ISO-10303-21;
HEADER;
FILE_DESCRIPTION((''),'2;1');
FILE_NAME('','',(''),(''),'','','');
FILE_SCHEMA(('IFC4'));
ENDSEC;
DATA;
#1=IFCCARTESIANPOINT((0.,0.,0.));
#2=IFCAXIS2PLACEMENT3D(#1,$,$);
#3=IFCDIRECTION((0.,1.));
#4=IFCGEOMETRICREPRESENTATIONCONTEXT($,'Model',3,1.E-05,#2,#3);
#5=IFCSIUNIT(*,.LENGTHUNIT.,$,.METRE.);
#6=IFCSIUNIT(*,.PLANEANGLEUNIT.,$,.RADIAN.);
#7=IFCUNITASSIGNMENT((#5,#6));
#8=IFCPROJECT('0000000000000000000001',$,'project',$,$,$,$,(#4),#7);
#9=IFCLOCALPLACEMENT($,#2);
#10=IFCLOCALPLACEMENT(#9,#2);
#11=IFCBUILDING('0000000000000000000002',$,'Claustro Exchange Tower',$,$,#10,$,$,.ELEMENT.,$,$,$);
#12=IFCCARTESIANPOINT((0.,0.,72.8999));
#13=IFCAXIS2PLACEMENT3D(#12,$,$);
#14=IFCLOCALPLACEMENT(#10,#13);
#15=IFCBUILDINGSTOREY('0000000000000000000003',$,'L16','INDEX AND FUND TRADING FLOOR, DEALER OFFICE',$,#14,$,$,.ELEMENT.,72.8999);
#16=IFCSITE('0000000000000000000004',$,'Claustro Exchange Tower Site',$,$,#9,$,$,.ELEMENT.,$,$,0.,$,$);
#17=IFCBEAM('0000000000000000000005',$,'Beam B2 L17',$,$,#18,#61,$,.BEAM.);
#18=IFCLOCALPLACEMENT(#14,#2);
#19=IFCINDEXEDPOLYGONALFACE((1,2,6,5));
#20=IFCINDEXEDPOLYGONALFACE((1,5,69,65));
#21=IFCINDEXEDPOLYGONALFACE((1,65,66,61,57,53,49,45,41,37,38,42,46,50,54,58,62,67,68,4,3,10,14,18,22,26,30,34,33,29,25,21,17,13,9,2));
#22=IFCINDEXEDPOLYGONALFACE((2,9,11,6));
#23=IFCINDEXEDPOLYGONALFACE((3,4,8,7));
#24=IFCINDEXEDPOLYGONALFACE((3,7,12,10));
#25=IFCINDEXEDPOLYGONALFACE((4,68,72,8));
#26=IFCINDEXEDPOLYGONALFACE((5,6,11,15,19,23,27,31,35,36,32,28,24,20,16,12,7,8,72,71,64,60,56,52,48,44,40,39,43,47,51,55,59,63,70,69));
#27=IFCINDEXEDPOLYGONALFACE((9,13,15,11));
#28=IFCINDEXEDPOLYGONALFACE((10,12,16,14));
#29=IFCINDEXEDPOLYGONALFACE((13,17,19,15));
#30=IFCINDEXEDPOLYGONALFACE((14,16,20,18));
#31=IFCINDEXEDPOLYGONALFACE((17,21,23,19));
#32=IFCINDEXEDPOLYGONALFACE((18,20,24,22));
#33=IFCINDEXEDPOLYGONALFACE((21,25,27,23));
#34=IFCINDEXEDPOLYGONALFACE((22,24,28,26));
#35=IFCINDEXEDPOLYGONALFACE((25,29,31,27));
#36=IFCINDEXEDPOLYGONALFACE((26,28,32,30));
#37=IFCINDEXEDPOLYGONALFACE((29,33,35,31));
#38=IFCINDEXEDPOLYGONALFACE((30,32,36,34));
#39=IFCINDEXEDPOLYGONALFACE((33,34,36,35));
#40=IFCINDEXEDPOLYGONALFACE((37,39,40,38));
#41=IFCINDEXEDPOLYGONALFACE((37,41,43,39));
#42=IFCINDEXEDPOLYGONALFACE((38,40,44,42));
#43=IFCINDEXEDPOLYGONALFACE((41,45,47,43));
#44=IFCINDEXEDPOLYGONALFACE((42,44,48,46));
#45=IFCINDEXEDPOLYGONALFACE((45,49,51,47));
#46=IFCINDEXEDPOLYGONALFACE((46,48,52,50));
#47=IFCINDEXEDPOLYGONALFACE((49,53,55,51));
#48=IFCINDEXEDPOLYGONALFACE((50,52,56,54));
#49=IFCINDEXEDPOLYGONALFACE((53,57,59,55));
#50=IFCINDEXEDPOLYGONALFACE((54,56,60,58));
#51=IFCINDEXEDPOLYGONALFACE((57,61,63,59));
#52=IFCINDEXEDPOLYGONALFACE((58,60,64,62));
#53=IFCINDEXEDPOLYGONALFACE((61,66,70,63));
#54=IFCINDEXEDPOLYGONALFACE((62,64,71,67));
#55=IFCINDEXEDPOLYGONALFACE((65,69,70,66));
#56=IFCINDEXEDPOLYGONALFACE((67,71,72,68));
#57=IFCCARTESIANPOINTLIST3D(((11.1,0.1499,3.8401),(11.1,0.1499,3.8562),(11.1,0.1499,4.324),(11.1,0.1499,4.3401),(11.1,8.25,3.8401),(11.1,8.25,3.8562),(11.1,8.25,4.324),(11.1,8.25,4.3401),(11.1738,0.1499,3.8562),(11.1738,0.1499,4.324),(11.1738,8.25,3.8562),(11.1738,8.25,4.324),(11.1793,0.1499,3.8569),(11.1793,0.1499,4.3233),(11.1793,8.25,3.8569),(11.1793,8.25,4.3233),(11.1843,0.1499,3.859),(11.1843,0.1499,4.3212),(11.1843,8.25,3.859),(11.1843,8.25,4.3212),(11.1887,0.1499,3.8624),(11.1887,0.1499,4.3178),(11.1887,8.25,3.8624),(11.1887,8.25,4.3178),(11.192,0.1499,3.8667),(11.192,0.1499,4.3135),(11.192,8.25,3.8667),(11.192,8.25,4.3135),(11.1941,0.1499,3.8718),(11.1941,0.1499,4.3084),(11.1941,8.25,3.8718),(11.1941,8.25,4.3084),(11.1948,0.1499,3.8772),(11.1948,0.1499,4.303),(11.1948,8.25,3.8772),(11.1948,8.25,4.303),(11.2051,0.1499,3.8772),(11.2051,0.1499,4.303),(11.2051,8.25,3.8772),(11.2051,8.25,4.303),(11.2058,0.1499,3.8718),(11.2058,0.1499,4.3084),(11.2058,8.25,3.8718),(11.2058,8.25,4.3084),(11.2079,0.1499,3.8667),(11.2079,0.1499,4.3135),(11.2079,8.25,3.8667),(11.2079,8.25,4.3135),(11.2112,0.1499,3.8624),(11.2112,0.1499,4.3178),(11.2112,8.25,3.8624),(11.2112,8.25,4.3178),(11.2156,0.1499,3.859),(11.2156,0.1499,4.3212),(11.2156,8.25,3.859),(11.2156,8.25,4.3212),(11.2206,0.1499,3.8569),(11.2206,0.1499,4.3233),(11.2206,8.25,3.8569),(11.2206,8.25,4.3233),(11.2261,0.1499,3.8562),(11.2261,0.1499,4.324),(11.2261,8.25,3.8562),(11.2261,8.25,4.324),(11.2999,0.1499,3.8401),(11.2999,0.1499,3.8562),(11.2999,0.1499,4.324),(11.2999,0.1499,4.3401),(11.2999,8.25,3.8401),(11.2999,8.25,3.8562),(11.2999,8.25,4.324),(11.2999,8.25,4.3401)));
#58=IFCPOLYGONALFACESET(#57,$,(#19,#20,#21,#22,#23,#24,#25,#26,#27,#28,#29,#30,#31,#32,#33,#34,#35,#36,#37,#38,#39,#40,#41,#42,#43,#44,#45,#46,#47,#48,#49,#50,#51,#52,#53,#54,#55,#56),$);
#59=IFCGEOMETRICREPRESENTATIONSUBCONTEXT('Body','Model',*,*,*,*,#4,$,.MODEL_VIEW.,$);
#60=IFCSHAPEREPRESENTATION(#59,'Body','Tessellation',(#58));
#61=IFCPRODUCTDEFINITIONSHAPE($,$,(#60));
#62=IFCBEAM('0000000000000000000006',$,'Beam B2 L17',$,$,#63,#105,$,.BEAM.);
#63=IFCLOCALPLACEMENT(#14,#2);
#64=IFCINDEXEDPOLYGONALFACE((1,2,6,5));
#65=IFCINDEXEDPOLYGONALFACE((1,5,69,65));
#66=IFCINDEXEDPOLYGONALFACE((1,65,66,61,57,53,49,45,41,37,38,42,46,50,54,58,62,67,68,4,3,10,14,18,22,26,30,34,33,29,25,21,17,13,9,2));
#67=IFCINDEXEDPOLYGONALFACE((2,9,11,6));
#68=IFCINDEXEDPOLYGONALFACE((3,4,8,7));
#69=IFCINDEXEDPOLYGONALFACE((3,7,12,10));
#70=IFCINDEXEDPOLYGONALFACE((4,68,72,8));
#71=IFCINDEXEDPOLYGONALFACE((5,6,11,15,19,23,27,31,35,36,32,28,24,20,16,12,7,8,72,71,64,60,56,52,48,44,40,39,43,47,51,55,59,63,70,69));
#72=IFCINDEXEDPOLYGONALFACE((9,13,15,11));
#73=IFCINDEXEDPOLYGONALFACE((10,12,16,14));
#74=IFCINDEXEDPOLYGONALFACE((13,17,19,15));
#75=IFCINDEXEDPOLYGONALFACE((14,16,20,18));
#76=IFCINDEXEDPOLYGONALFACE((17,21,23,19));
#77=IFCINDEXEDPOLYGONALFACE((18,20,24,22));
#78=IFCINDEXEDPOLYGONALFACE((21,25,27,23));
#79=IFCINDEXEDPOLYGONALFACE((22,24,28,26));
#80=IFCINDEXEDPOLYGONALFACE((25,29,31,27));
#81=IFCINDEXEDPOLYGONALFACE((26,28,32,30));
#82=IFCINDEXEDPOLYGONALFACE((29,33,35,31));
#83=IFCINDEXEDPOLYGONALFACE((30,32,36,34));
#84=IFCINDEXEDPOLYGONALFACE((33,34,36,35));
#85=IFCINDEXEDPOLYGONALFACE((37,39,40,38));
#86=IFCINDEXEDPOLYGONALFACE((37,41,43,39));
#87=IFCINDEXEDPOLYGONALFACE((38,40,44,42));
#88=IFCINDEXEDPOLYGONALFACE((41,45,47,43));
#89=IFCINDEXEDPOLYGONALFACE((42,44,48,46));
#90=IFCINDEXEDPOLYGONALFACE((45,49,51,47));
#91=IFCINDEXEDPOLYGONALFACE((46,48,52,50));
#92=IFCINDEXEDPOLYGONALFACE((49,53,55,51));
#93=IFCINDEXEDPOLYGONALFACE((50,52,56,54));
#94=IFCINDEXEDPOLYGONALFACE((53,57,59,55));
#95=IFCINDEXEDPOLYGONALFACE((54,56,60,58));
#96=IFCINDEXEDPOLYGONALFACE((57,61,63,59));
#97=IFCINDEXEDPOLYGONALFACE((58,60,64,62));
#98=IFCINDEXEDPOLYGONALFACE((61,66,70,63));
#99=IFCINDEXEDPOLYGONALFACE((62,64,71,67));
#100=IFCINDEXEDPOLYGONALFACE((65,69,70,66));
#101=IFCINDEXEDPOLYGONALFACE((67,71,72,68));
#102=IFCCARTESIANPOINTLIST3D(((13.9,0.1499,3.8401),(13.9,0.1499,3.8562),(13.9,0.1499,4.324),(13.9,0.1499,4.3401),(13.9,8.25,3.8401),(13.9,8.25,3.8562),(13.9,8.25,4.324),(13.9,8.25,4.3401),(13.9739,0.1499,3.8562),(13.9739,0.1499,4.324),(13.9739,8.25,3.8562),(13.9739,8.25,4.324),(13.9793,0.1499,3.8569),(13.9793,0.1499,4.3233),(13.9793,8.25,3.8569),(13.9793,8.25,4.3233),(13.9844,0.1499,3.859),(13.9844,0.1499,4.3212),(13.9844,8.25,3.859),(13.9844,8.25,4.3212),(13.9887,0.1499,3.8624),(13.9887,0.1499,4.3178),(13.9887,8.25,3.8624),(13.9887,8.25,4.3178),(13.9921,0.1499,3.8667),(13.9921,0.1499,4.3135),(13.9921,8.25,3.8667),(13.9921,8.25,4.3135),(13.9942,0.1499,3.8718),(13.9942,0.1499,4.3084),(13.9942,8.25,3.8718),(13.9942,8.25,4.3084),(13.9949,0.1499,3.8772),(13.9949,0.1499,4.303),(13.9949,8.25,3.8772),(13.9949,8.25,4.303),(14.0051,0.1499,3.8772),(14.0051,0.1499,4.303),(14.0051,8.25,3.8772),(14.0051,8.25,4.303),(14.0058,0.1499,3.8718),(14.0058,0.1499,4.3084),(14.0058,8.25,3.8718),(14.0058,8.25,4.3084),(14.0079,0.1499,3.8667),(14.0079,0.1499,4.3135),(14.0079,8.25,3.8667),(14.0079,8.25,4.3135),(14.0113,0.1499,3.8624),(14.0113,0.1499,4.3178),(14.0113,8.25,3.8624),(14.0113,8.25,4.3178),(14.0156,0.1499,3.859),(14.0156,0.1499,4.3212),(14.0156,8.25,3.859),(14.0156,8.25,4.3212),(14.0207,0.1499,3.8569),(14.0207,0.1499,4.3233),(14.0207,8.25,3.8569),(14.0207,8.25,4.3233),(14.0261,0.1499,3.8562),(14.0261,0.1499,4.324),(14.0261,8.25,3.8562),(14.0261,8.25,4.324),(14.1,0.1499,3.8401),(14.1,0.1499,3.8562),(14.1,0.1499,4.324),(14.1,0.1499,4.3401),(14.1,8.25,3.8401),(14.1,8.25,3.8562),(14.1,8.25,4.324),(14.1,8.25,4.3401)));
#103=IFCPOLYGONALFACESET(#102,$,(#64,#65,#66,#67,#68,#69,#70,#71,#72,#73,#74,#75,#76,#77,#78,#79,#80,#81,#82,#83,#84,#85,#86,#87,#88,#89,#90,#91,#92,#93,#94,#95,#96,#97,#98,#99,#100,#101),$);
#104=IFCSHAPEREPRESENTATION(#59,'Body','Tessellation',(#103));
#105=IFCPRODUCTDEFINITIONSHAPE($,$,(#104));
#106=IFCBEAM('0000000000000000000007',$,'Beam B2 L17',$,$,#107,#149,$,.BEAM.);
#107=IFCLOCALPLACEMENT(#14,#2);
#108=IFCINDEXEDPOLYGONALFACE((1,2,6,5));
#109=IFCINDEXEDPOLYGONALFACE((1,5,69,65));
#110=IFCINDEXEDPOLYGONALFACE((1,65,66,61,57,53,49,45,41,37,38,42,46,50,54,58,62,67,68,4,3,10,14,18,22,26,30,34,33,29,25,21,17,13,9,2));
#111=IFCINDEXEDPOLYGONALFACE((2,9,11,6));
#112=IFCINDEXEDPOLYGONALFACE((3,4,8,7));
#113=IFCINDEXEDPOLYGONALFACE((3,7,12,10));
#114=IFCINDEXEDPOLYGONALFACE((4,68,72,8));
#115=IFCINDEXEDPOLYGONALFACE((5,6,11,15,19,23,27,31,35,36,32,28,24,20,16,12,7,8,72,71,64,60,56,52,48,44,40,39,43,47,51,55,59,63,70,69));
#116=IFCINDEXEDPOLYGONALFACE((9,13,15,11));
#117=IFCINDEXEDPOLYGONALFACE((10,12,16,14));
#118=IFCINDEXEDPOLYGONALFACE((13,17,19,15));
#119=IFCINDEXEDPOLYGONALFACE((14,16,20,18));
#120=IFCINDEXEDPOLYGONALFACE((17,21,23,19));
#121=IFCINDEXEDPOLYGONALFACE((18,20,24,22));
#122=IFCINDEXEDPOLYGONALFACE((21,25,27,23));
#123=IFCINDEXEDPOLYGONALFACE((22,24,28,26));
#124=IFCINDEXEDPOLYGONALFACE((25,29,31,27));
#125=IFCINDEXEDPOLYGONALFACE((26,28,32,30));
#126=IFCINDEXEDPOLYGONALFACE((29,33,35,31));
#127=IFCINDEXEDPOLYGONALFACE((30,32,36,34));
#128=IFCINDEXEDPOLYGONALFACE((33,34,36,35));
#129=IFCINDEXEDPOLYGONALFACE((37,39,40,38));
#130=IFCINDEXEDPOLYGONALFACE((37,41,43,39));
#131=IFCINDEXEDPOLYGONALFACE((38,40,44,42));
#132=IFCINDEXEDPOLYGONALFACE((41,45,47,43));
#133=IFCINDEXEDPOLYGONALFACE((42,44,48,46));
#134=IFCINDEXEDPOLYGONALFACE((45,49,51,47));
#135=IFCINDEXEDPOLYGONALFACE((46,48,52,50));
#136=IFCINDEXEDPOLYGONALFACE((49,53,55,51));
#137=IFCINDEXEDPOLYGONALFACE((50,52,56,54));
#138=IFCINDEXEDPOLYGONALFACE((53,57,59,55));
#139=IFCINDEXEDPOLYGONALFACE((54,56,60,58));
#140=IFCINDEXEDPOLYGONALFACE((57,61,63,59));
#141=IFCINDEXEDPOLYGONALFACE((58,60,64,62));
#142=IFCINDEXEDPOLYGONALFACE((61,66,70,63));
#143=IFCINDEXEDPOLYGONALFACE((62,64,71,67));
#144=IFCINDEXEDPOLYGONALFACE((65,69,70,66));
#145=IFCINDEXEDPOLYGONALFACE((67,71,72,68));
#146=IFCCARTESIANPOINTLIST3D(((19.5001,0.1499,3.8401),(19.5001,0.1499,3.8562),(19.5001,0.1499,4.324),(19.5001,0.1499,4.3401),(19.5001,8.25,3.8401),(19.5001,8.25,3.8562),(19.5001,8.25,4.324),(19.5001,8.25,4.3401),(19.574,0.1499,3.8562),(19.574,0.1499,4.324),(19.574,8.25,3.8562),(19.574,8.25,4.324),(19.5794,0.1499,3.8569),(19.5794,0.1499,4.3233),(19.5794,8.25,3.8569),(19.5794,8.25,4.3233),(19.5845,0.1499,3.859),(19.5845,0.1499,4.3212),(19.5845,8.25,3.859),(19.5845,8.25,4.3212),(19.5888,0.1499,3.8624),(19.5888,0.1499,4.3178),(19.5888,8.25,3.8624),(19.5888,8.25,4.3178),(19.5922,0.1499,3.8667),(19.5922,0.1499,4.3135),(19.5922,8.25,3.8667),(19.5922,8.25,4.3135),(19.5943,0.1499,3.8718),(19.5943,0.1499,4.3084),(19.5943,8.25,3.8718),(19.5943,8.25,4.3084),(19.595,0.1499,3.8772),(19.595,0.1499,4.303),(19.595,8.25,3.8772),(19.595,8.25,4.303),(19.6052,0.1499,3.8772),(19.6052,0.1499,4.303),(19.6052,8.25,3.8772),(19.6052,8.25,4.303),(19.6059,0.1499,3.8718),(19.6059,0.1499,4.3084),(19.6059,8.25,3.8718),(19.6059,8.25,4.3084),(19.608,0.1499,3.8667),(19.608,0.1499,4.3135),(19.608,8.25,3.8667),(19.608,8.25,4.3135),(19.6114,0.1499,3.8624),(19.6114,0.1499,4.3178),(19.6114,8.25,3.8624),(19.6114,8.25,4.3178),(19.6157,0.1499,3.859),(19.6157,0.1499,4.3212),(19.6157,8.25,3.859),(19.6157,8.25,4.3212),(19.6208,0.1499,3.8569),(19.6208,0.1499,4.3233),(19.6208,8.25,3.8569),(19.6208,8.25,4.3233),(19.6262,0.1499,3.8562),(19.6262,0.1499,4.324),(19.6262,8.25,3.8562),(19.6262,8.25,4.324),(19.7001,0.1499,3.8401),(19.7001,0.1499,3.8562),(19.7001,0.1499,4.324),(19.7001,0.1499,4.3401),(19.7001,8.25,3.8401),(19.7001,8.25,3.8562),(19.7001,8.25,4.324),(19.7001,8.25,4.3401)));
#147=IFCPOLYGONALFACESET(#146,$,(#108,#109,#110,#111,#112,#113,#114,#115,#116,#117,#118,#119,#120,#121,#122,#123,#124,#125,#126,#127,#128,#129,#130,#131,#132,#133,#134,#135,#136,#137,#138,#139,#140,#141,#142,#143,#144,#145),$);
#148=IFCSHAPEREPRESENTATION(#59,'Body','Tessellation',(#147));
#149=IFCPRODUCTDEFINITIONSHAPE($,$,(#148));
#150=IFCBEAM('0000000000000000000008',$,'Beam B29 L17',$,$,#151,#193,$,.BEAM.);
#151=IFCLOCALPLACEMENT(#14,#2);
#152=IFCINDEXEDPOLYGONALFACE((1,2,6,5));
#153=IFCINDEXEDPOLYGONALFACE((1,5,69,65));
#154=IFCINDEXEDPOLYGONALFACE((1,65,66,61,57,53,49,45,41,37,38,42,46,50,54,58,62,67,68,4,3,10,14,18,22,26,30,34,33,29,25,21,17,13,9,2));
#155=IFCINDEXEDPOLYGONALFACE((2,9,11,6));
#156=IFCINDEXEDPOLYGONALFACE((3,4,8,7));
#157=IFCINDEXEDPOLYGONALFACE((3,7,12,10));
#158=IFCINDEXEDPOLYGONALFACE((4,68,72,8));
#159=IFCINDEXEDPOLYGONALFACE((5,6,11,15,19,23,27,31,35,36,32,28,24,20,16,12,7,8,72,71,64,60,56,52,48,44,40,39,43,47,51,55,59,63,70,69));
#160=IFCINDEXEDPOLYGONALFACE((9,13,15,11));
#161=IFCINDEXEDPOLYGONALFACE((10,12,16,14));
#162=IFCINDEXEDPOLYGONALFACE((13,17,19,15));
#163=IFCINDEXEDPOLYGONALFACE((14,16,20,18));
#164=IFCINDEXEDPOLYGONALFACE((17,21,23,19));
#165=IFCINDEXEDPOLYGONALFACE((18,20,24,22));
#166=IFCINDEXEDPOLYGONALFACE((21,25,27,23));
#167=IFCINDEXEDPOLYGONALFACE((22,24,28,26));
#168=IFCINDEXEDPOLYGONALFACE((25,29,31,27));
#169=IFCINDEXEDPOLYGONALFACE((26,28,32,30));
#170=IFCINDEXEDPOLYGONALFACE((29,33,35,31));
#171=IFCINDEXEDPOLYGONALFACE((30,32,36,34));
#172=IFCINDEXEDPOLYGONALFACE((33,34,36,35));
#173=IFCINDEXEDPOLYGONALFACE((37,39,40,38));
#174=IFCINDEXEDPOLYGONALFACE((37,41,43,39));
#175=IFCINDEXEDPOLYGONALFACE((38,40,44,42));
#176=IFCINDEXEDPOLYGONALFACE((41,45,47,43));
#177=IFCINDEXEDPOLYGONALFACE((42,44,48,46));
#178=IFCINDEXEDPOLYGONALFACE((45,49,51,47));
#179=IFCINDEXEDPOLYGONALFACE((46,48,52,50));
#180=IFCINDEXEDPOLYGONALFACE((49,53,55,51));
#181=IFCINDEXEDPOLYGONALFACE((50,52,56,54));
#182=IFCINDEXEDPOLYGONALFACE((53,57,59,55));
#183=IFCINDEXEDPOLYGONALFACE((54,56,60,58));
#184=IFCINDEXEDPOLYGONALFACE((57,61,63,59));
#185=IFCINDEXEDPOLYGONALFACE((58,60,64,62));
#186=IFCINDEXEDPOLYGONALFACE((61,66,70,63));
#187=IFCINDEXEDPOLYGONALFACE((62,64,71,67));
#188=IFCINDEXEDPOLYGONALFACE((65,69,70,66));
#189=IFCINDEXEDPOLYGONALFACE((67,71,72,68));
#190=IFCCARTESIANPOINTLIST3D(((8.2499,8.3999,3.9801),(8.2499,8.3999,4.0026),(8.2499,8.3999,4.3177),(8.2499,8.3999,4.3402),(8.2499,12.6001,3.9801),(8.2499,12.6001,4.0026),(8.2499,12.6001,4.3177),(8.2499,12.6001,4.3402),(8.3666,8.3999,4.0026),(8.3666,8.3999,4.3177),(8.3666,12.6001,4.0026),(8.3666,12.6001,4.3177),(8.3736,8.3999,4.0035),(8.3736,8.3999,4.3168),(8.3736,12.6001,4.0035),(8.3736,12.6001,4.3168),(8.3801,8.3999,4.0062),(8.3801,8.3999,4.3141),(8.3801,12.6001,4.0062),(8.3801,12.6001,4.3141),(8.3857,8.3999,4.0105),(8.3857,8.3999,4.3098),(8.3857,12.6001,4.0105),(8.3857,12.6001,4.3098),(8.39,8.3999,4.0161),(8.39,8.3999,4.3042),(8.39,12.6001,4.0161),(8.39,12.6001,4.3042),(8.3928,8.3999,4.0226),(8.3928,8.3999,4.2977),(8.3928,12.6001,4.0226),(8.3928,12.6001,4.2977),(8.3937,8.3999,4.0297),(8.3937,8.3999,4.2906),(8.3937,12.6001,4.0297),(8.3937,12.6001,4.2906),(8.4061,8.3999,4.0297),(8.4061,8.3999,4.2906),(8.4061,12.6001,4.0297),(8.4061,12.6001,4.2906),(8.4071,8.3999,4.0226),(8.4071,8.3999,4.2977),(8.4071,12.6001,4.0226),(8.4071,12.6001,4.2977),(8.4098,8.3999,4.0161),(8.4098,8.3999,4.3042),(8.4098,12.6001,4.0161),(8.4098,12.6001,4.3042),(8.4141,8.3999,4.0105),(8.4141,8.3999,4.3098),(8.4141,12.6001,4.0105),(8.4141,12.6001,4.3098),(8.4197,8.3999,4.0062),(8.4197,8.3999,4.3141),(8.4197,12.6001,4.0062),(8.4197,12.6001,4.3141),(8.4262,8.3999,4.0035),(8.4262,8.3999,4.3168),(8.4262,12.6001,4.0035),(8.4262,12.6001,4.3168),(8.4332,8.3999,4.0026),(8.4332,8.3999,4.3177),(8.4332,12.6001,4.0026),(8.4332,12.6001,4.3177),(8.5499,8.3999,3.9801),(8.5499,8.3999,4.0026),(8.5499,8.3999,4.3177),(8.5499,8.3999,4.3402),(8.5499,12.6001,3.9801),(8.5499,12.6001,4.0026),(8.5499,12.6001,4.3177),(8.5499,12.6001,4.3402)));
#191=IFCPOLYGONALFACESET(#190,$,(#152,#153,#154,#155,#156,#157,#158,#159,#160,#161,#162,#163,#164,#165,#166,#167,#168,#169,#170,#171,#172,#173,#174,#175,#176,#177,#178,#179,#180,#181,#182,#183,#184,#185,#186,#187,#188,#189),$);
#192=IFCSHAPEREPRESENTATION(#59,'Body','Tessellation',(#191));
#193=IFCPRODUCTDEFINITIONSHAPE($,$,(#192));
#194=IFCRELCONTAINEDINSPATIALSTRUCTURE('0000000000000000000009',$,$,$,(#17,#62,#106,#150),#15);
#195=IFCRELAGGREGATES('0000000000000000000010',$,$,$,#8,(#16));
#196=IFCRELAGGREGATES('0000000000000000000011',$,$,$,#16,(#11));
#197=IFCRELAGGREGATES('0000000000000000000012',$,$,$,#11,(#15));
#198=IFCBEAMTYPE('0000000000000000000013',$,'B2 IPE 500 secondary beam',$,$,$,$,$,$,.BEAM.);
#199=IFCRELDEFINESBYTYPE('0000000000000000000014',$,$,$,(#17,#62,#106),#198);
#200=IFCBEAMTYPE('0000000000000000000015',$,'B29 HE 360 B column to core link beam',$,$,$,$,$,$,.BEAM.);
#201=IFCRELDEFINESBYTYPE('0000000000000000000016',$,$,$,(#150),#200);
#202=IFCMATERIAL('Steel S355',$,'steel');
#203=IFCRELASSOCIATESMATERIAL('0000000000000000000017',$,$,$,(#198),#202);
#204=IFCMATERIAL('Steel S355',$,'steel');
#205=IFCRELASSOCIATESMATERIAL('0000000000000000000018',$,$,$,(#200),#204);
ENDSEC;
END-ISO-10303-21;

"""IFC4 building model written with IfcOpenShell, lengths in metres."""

from ifc_helpers import new_model, si_unit, direction, frame, origin, origin_2d, place, context, subcontext, project, spatial, i_section, extrude, material, material_profile, profile_set, type_object, element, save


model = new_model("IFC4")

# Units and contexts
model_context = context("Model", 3, precision=1e-05, world=origin(), true_north=direction((0.0, 1.0)))
body_context = subcontext(model_context, "Body", "Model", "MODEL_VIEW")
ifc_project = project(units=[si_unit("LENGTHUNIT", "METRE"), si_unit("PLANEANGLEUNIT", "RADIAN")], contexts=[model_context])

# Site, building, storey
site_placement = place(None, origin())
site = spatial("IfcSite", under=ifc_project, at=site_placement, Name="Claustro Exchange Tower Site", CompositionType="ELEMENT", RefElevation=0.0)
building_placement = place(site_placement, origin())
building = spatial("IfcBuilding", under=site, at=building_placement, Name="Claustro Exchange Tower", CompositionType="ELEMENT")
storey_placement = place(building_placement, frame((0.0, 0.0, 72.8999)))
storey = spatial("IfcBuildingStorey", under=building, at=storey_placement, Name="L16", Description="INDEX AND FUND TRADING FLOOR, DEALER OFFICE", CompositionType="ELEMENT", Elevation=72.8999)

# Beams
ifc_material_1 = material(Name="Steel S355", Category="steel")
ifc_material_profile_1 = material_profile(ifc_material_1, i_section(OverallWidth=0.2, OverallDepth=0.5, WebThickness=0.0103, FlangeThickness=0.0161, FilletRadius=0.021, at=origin_2d()), Name="IPE 500")
ifc_profile_set_1 = profile_set([ifc_material_profile_1], Name="Steel S355")
beam_type_1 = type_object("IfcBeamType", Name="B2 IPE 500 secondary beam", PredefinedType="BEAM", material=ifc_profile_set_1)
for number, where, z_axis, x_axis, name in (
    (1, (11.2, 0.1499, 4.0901), (0.0, 1.0, 0.0), (-1.0, 0.0, 0.0), "Beam B2 L17"),
    (2, (14.0, 0.1499, 4.0901), (0.0, 1.0, 0.0), (-1.0, 0.0, 0.0), "Beam B2 L17"),
    (3, (19.6001, 0.1499, 4.0901), (0.0, 1.0, 0.0), (-1.0, 0.0, 0.0), "Beam B2 L17"),
):
    element("IfcBeam", number, at=place(storey_placement, frame(where, z_axis=z_axis, x_axis=x_axis)), inside=storey, type_object=beam_type_1, Name=name, PredefinedType="BEAM", context=body_context, shape_type="SweptSolid", body=[
        extrude(i_section(OverallWidth=0.2, OverallDepth=0.5, WebThickness=0.0103, FlangeThickness=0.0161, FilletRadius=0.021, at=origin_2d()), origin(), (0.0, 0.0, 1.0), 8.1001),
    ])
ifc_material_2 = material(Name="Steel S355", Category="steel")
ifc_material_profile_2 = material_profile(ifc_material_2, i_section(OverallWidth=0.3, OverallDepth=0.3601, WebThickness=0.0125, FlangeThickness=0.0225, FilletRadius=0.0271, at=origin_2d()), Name="HE 360 B")
ifc_profile_set_2 = profile_set([ifc_material_profile_2], Name="Steel S355")
beam_type_2 = type_object("IfcBeamType", Name="B29 HE 360 B column to core link beam", PredefinedType="BEAM", material=ifc_profile_set_2)
for number, where, z_axis, x_axis, name in (
    (4, (8.3999, 8.3999, 4.1602), (0.0, 1.0, 0.0), (-1.0, 0.0, 0.0), "Beam B29 L17"),
):
    element("IfcBeam", number, at=place(storey_placement, frame(where, z_axis=z_axis, x_axis=x_axis)), inside=storey, type_object=beam_type_2, Name=name, PredefinedType="BEAM", context=body_context, shape_type="SweptSolid", body=[
        extrude(i_section(OverallWidth=0.3, OverallDepth=0.3601, WebThickness=0.0125, FlangeThickness=0.0225, FilletRadius=0.0271, at=origin_2d()), origin(), (0.0, 0.0, 1.0), 4.2002),
    ])

save(model, "model.ifc")
